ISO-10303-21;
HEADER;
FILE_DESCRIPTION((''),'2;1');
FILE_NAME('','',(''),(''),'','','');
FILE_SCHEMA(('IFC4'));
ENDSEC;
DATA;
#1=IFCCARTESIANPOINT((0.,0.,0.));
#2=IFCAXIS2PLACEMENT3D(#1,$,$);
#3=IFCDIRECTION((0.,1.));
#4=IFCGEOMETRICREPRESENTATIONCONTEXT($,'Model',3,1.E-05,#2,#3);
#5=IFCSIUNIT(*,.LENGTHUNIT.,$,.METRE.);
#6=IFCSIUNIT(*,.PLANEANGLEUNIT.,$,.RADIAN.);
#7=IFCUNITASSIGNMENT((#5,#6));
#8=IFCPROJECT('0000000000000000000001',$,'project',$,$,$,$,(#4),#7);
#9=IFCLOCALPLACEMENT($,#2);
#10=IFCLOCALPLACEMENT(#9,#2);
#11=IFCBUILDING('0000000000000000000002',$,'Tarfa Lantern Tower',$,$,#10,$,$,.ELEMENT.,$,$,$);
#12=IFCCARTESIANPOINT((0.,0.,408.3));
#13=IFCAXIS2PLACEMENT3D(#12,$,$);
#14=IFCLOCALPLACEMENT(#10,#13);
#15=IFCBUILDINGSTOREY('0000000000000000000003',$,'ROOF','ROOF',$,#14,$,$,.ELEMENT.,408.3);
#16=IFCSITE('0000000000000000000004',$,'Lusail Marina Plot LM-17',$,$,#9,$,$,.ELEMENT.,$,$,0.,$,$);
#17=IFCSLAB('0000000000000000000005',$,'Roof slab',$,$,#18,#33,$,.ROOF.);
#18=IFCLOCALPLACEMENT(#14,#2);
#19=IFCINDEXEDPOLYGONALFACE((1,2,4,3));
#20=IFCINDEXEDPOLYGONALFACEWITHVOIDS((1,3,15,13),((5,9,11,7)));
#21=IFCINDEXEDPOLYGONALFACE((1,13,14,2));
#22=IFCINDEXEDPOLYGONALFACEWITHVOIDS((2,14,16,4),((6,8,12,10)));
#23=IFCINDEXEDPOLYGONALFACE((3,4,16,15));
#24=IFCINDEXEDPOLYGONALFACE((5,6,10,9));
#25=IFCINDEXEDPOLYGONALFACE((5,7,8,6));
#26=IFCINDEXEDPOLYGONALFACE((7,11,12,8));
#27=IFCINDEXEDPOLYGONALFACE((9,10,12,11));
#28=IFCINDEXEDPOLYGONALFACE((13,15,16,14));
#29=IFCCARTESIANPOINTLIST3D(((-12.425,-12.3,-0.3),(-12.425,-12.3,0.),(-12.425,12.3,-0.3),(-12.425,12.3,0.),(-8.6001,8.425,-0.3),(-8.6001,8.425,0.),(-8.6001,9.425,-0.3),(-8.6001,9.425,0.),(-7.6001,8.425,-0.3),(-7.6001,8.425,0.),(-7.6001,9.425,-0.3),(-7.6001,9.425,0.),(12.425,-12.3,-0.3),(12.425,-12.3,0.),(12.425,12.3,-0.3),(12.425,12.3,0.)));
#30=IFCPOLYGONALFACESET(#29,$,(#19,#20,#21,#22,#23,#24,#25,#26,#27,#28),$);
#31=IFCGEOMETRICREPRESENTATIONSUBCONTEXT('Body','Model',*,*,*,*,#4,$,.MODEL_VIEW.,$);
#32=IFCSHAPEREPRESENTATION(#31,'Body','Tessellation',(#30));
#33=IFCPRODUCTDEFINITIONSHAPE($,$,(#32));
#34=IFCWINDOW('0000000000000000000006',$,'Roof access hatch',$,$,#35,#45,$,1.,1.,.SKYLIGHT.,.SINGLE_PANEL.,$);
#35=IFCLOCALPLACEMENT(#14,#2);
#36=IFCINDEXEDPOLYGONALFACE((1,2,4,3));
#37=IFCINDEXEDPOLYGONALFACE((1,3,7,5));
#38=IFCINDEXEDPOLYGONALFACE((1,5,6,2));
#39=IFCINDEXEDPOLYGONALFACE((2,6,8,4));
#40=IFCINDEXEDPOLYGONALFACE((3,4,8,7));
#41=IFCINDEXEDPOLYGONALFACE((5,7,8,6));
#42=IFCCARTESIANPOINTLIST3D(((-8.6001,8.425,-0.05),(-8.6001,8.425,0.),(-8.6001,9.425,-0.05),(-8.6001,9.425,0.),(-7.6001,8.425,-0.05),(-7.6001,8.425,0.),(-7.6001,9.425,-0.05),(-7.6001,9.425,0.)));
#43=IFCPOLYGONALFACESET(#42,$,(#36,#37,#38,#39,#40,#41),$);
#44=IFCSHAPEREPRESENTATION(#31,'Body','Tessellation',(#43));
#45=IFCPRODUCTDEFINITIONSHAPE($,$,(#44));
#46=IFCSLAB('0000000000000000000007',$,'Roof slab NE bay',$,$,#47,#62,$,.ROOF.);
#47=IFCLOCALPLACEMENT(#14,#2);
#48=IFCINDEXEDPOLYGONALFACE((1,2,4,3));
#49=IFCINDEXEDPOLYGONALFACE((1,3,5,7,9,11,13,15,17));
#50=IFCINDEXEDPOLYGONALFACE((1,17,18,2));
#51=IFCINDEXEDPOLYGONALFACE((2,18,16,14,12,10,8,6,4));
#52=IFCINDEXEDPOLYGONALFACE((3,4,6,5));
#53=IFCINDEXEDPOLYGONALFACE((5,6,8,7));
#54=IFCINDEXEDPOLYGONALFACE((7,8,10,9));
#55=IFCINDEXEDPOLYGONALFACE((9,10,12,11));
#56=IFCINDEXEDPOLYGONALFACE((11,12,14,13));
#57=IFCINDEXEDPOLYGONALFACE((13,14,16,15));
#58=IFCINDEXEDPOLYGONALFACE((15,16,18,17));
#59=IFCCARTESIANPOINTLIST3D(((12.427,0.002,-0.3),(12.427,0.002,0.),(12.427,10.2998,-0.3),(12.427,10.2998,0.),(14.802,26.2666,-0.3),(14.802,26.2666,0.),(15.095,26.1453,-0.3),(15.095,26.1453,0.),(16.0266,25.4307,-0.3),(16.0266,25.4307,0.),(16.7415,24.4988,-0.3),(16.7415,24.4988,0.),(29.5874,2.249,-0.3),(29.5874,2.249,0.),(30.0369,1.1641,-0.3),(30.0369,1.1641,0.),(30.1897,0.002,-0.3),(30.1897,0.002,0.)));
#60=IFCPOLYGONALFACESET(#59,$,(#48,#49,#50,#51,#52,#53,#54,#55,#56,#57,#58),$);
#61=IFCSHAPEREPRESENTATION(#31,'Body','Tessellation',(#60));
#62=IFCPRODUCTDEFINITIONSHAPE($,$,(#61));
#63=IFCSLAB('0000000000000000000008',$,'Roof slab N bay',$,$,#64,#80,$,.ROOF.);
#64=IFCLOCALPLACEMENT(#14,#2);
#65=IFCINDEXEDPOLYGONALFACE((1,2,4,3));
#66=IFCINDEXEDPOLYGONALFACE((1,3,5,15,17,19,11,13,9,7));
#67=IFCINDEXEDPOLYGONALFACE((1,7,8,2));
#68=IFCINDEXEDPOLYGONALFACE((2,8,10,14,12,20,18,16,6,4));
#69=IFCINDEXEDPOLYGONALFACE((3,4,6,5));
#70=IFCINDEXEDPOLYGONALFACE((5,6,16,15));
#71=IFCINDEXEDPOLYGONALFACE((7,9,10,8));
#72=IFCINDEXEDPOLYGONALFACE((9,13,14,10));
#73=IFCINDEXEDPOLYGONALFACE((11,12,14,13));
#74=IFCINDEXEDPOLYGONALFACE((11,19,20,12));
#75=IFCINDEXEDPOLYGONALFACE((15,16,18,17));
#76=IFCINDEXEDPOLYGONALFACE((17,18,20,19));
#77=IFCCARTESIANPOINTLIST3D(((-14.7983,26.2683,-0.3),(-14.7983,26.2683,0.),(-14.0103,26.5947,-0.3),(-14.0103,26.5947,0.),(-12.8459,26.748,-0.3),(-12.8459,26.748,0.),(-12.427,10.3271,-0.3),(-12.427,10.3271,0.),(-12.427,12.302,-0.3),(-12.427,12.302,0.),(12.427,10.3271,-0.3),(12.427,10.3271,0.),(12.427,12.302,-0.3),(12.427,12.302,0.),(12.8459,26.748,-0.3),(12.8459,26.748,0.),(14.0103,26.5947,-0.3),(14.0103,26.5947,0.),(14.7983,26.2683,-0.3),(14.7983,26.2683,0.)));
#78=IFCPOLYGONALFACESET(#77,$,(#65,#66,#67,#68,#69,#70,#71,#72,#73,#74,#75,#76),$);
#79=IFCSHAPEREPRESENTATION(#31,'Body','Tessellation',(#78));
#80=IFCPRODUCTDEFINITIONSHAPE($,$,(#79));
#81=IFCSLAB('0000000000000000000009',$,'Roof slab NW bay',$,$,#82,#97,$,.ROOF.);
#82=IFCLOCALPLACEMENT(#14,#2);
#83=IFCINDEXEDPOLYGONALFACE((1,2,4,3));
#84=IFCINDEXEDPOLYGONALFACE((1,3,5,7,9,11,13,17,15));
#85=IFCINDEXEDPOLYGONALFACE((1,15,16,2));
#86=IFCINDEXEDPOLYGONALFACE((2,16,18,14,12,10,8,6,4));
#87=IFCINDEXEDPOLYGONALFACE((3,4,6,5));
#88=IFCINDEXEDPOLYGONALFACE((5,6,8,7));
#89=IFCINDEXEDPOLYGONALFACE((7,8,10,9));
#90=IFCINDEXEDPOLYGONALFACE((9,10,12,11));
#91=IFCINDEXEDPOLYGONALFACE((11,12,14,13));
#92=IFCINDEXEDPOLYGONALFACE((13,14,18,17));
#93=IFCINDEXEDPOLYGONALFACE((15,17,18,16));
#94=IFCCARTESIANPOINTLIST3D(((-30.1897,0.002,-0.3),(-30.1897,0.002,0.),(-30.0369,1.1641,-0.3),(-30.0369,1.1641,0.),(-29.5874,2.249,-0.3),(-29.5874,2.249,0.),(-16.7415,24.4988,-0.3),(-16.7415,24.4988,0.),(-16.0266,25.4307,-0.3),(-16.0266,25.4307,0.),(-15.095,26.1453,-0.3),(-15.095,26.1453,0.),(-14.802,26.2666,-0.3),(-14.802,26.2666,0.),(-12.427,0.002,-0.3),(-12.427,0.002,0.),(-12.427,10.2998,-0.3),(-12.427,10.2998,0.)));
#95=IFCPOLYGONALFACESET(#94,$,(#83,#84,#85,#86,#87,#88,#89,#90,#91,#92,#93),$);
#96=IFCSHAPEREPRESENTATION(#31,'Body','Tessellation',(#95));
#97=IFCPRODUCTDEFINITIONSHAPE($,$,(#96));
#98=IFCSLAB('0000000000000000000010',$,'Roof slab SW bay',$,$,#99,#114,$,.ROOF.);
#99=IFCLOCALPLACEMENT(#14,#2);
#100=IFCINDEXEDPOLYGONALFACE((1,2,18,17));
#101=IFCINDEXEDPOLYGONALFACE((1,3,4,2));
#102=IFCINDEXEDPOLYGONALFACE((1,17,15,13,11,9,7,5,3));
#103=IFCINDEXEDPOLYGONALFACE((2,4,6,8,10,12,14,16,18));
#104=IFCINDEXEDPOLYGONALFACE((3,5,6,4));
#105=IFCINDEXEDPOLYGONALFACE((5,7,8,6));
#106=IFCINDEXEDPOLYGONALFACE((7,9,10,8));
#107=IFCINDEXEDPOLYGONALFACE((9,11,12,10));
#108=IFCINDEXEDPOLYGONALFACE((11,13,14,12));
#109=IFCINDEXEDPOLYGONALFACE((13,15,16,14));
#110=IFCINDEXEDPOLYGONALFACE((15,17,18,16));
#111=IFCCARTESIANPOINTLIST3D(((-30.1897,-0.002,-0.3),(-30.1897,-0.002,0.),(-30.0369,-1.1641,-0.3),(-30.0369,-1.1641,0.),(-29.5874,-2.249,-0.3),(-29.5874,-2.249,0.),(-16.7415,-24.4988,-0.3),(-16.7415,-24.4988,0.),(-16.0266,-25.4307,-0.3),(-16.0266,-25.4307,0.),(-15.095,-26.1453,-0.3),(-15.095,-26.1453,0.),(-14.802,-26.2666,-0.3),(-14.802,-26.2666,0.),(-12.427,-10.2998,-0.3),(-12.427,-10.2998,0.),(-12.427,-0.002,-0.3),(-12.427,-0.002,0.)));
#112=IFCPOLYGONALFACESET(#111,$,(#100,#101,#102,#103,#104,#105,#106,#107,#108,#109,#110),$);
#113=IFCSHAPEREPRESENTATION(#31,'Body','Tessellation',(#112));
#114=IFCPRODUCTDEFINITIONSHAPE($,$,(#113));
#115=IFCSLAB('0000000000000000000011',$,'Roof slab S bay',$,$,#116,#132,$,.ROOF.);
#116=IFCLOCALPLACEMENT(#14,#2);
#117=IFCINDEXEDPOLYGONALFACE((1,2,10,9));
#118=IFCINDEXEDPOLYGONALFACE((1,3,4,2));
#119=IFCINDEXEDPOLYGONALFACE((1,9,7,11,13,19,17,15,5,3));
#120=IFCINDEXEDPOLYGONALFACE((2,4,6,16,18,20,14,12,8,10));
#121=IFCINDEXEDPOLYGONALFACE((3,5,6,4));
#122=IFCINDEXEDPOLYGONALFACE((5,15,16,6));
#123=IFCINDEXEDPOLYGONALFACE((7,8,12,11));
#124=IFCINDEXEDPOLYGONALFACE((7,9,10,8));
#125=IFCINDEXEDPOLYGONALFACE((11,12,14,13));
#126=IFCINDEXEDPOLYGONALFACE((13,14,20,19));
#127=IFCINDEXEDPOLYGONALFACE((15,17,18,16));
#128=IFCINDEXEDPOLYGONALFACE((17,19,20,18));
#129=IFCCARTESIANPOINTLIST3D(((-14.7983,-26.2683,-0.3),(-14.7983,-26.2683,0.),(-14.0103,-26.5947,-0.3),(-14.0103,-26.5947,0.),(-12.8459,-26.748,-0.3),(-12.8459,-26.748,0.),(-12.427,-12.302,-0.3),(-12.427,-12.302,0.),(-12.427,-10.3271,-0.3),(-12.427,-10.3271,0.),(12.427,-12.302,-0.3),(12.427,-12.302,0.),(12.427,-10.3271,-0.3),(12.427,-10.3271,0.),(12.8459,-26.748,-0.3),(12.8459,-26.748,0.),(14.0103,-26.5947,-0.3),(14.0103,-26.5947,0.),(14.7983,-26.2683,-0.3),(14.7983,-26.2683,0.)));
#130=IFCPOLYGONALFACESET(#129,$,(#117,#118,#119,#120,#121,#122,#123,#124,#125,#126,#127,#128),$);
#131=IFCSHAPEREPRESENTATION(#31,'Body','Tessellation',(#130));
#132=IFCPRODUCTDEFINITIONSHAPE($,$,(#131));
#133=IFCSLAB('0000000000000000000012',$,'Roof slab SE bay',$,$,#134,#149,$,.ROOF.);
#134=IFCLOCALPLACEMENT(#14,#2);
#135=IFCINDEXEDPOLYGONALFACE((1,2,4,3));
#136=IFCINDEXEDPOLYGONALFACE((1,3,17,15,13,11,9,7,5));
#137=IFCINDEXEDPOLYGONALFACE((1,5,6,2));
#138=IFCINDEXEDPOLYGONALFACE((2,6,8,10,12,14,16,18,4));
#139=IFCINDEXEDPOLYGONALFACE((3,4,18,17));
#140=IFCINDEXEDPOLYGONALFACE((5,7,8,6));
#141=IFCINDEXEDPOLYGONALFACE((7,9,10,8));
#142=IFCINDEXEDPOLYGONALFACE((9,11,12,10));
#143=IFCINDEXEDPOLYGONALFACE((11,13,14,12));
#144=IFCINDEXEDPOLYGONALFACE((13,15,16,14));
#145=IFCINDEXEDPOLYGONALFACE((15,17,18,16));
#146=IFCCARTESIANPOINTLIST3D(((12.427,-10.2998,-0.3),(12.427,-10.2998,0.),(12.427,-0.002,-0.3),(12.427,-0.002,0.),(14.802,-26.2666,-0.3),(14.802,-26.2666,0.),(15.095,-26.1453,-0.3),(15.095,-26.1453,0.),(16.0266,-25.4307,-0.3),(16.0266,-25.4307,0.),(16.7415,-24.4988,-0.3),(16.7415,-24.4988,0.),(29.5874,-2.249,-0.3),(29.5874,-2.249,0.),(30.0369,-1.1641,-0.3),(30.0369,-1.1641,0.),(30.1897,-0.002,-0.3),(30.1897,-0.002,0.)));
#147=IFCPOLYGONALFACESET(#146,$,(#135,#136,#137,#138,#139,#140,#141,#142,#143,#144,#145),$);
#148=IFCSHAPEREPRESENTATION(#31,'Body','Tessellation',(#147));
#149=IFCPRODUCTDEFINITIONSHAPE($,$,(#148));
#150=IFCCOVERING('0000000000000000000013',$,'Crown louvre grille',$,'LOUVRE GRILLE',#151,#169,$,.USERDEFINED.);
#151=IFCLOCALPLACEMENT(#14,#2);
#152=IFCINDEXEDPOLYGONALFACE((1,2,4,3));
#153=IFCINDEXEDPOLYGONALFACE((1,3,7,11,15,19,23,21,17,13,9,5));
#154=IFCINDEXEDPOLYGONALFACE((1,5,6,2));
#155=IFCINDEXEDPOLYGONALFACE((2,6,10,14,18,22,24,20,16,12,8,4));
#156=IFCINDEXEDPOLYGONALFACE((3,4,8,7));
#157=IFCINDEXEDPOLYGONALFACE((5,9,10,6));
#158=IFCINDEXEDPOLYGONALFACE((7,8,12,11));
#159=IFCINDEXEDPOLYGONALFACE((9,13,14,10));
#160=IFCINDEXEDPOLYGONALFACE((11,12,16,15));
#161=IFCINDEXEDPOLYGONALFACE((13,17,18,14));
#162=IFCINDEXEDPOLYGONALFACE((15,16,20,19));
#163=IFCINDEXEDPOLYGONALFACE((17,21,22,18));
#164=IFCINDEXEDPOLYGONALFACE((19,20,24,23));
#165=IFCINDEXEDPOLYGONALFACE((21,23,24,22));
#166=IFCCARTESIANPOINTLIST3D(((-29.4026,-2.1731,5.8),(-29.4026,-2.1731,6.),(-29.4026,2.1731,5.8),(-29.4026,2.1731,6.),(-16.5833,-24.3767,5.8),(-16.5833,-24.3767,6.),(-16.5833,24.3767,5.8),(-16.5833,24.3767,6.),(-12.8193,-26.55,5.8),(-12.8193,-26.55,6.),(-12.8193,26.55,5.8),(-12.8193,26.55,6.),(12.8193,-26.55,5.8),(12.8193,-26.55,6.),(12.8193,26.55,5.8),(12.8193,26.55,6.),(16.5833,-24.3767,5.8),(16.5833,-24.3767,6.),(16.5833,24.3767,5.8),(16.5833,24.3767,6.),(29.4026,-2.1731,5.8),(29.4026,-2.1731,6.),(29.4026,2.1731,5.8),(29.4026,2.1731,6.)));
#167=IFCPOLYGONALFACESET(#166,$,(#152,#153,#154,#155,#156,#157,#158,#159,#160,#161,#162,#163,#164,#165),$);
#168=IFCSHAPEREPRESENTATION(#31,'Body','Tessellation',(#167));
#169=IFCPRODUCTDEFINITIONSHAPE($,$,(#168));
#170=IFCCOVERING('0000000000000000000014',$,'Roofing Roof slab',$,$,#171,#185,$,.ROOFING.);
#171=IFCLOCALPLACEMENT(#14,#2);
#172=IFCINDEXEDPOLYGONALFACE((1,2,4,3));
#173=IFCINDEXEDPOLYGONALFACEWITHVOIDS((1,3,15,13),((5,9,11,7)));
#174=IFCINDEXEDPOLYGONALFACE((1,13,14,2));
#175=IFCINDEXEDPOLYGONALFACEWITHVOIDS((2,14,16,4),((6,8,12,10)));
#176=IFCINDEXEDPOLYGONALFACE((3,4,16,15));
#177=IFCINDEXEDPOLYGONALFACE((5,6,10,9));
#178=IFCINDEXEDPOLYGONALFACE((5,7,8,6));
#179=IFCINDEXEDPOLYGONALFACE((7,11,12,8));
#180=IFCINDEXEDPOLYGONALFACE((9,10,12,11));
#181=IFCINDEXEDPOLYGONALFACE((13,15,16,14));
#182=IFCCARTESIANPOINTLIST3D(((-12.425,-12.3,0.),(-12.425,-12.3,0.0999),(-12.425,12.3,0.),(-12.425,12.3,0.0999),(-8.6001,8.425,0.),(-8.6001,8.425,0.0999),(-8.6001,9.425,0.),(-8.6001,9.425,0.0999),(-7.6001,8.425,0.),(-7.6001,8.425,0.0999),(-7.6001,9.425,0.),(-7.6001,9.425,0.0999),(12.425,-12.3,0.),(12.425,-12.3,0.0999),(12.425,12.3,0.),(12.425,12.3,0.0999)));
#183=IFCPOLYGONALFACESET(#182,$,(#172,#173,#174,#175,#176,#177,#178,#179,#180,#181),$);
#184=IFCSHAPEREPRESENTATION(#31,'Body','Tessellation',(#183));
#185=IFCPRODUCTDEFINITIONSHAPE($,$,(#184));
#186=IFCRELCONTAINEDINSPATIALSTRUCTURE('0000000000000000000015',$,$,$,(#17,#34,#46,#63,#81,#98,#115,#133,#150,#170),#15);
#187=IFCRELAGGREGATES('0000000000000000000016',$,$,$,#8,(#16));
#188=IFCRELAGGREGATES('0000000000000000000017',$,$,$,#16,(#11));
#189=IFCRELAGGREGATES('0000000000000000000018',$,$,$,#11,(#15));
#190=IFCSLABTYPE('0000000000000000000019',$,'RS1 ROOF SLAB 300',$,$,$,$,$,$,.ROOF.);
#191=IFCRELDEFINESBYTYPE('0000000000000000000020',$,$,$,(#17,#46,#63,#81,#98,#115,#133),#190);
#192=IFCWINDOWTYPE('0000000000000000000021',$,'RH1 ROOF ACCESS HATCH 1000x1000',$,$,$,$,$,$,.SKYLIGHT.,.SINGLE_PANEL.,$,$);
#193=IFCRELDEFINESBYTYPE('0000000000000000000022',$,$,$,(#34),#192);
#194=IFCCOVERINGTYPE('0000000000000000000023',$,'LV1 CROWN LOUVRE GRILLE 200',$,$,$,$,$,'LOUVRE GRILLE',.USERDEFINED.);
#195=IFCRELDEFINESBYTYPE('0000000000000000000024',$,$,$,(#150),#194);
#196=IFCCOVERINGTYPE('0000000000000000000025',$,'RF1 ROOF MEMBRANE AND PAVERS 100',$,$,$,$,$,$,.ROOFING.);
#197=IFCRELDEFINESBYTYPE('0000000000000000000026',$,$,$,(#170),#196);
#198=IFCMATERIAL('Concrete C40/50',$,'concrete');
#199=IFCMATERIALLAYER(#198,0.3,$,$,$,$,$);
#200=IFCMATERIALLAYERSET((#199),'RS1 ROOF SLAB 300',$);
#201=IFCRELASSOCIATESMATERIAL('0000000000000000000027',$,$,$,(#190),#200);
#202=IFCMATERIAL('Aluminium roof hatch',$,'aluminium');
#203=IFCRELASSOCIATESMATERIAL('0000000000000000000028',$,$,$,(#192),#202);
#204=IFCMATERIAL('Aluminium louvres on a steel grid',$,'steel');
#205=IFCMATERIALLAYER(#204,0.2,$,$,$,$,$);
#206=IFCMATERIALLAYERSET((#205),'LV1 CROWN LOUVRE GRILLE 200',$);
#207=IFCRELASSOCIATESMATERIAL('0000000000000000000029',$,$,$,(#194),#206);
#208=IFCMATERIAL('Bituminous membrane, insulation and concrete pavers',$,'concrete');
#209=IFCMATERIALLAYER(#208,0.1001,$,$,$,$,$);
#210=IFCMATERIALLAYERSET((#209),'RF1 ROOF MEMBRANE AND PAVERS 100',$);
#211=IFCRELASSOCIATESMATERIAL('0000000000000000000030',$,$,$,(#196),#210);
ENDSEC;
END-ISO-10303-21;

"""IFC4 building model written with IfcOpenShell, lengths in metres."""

from ifc_helpers import new_model, si_unit, direction, frame, origin, origin_2d, place, context, subcontext, project, spatial, polyline, rectangle, outline, extrude, material, layer, layer_set, type_object, element, fill, save


model = new_model("IFC4")

# Units and contexts
model_context = context("Model", 3, precision=1e-05, world=origin(), true_north=direction((0.0, 1.0)))
body_context = subcontext(model_context, "Body", "Model", "MODEL_VIEW")
ifc_project = project(units=[si_unit("LENGTHUNIT", "METRE"), si_unit("PLANEANGLEUNIT", "RADIAN")], contexts=[model_context])

# Site, building, storey
site_placement = place(None, origin())
site = spatial("IfcSite", under=ifc_project, at=site_placement, Name="Lusail Marina Plot LM-17", CompositionType="ELEMENT", RefElevation=0.0)
building_placement = place(site_placement, origin())
building = spatial("IfcBuilding", under=site, at=building_placement, Name="Tarfa Lantern Tower", CompositionType="ELEMENT")
storey_placement = place(building_placement, frame((0.0, 0.0, 408.3)))
storey = spatial("IfcBuildingStorey", under=building, at=storey_placement, Name="ROOF", Description="ROOF", CompositionType="ELEMENT", Elevation=408.3)

# Slab, opening, window
ifc_material_1 = material(Name="Concrete C40/50", Category="concrete")
ifc_layer_1 = layer(ifc_material_1, 0.3)
ifc_layer_set_1 = layer_set([ifc_layer_1], Name="RS1 ROOF SLAB 300")
slab_type = type_object("IfcSlabType", Name="RS1 ROOF SLAB 300", PredefinedType="ROOF", material=ifc_layer_set_1)
slab_1_placement = place(storey_placement, frame((0.0, 0.0, -0.3)))
slab_1 = element("IfcSlab", 1, at=slab_1_placement, inside=storey, type_object=slab_type, Name="Roof slab", PredefinedType="ROOF", context=body_context, shape_type="SweptSolid", body=[
    extrude(outline(polyline([(-12.425, -12.3), (12.425, -12.3), (12.425, 12.3), (-12.425, 12.3), (-12.425, -12.3)])), origin(), (0.0, 0.0, 1.0), 0.3),
])
opening_placement = place(slab_1_placement, frame((-8.1001, 8.925, 0.0)))
opening = element("IfcOpeningElement", 2, at=opening_placement, cuts=slab_1, PredefinedType="OPENING", context=body_context, shape_type="SweptSolid", body=[
    extrude(rectangle(XDim=1.0, YDim=1.0, at=origin_2d()), origin(), (0.0, 0.0, 1.0), 0.3),
])
ifc_material_2 = material(Name="Aluminium roof hatch", Category="aluminium")
window_type = type_object("IfcWindowType", Name="RH1 ROOF ACCESS HATCH 1000x1000", PartitioningType="SINGLE_PANEL", PredefinedType="SKYLIGHT", material=ifc_material_2)
window_placement = place(opening_placement, frame((0.0, 0.0, 0.25)))
window = element("IfcWindow", 3, at=window_placement, inside=storey, type_object=window_type, Name="Roof access hatch", OverallHeight=1.0, OverallWidth=1.0, PartitioningType="SINGLE_PANEL", PredefinedType="SKYLIGHT", context=body_context, shape_type="SweptSolid", body=[
    extrude(rectangle(XDim=1.0, YDim=1.0, at=origin_2d()), origin(), (0.0, 0.0, 1.0), 0.05),
])
fill(opening, window)

# Slabs
slab_2_placement = place(storey_placement, frame((0.0, 0.0, -0.3)))
element("IfcSlab", 4, at=slab_2_placement, inside=storey, type_object=slab_type, Name="Roof slab NE bay", PredefinedType="ROOF", context=body_context, shape_type="SweptSolid", body=[
    extrude(outline(polyline([(29.5874, 2.249), (16.7415, 24.4988), (16.0266, 25.4307), (15.095, 26.1453), (14.802, 26.2666), (12.427, 10.2998), (12.427, 0.002), (30.1897, 0.002), (30.0369, 1.1641), (29.5874, 2.249)])), origin(), (0.0, 0.0, 1.0), 0.3),
])
slab_3_placement = place(storey_placement, frame((0.0, 0.0, -0.3)))
element("IfcSlab", 5, at=slab_3_placement, inside=storey, type_object=slab_type, Name="Roof slab N bay", PredefinedType="ROOF", context=body_context, shape_type="SweptSolid", body=[
    extrude(outline(polyline([(-12.427, 10.3271), (-12.427, 12.302), (12.427, 12.302), (12.427, 10.3271), (14.7983, 26.2683), (14.0103, 26.5947), (12.8459, 26.748), (-12.8459, 26.748), (-14.0103, 26.5947), (-14.7983, 26.2683), (-12.427, 10.3271)])), origin(), (0.0, 0.0, 1.0), 0.3),
])
slab_4_placement = place(storey_placement, frame((0.0, 0.0, -0.3)))
element("IfcSlab", 6, at=slab_4_placement, inside=storey, type_object=slab_type, Name="Roof slab NW bay", PredefinedType="ROOF", context=body_context, shape_type="SweptSolid", body=[
    extrude(outline(polyline([(-12.427, 0.002), (-12.427, 10.2998), (-14.802, 26.2666), (-15.095, 26.1453), (-16.0266, 25.4307), (-16.7415, 24.4988), (-29.5874, 2.249), (-30.0369, 1.1641), (-30.1897, 0.002), (-12.427, 0.002)])), origin(), (0.0, 0.0, 1.0), 0.3),
])
slab_5_placement = place(storey_placement, frame((0.0, 0.0, -0.3)))
element("IfcSlab", 7, at=slab_5_placement, inside=storey, type_object=slab_type, Name="Roof slab SW bay", PredefinedType="ROOF", context=body_context, shape_type="SweptSolid", body=[
    extrude(outline(polyline([(-12.427, -10.2998), (-12.427, -0.002), (-30.1897, -0.002), (-30.0369, -1.1641), (-29.5874, -2.249), (-16.7415, -24.4988), (-16.0266, -25.4307), (-15.095, -26.1453), (-14.802, -26.2666), (-12.427, -10.2998)])), origin(), (0.0, 0.0, 1.0), 0.3),
])
slab_6_placement = place(storey_placement, frame((0.0, 0.0, -0.3)))
element("IfcSlab", 8, at=slab_6_placement, inside=storey, type_object=slab_type, Name="Roof slab S bay", PredefinedType="ROOF", context=body_context, shape_type="SweptSolid", body=[
    extrude(outline(polyline([(12.427, -10.3271), (12.427, -12.302), (-12.427, -12.302), (-12.427, -10.3271), (-14.7983, -26.2683), (-14.0103, -26.5947), (-12.8459, -26.748), (12.8459, -26.748), (14.0103, -26.5947), (14.7983, -26.2683), (12.427, -10.3271)])), origin(), (0.0, 0.0, 1.0), 0.3),
])
slab_7_placement = place(storey_placement, frame((0.0, 0.0, -0.3)))
element("IfcSlab", 9, at=slab_7_placement, inside=storey, type_object=slab_type, Name="Roof slab SE bay", PredefinedType="ROOF", context=body_context, shape_type="SweptSolid", body=[
    extrude(outline(polyline([(12.427, -0.002), (12.427, -10.2998), (14.802, -26.2666), (15.095, -26.1453), (16.0266, -25.4307), (16.7415, -24.4988), (29.5874, -2.249), (30.0369, -1.1641), (30.1897, -0.002), (12.427, -0.002)])), origin(), (0.0, 0.0, 1.0), 0.3),
])

# Coverings
ifc_material_3 = material(Name="Aluminium louvres on a steel grid", Category="steel")
ifc_layer_2 = layer(ifc_material_3, 0.2)
ifc_layer_set_2 = layer_set([ifc_layer_2], Name="LV1 CROWN LOUVRE GRILLE 200")
covering_type_1 = type_object("IfcCoveringType", Name="LV1 CROWN LOUVRE GRILLE 200", ElementType="LOUVRE GRILLE", PredefinedType="USERDEFINED", material=ifc_layer_set_2)
covering_1_placement = place(storey_placement, frame((0.0, 0.0, 5.8)))
element("IfcCovering", 10, at=covering_1_placement, inside=storey, type_object=covering_type_1, Name="Crown louvre grille", ObjectType="LOUVRE GRILLE", PredefinedType="USERDEFINED", context=body_context, shape_type="SweptSolid", body=[
    extrude(outline(polyline([(29.4026, 2.1731), (29.4026, -2.1731), (16.5833, -24.3767), (12.8193, -26.55), (-12.8193, -26.55), (-16.5833, -24.3767), (-29.4026, -2.1731), (-29.4026, 2.1731), (-16.5833, 24.3767), (-12.8193, 26.55), (12.8193, 26.55), (16.5833, 24.3767), (29.4026, 2.1731)])), origin(), (0.0, 0.0, 1.0), 0.2),
])
ifc_material_4 = material(Name="Bituminous membrane, insulation and concrete pavers", Category="concrete")
ifc_layer_3 = layer(ifc_material_4, 0.1001)
ifc_layer_set_3 = layer_set([ifc_layer_3], Name="RF1 ROOF MEMBRANE AND PAVERS 100")
covering_type_2 = type_object("IfcCoveringType", Name="RF1 ROOF MEMBRANE AND PAVERS 100", PredefinedType="ROOFING", material=ifc_layer_set_3)
covering_2_placement = place(storey_placement, origin())
element("IfcCovering", 11, at=covering_2_placement, inside=storey, type_object=covering_type_2, Name="Roofing Roof slab", PredefinedType="ROOFING", context=body_context, shape_type="SweptSolid", body=[
    extrude(outline(polyline([(-12.425, -12.3), (12.425, -12.3), (12.425, 12.3), (-12.425, 12.3), (-12.425, -12.3)]), holes=[polyline([(-8.6001, 8.425), (-7.6001, 8.425), (-7.6001, 9.425), (-8.6001, 9.425), (-8.6001, 8.425)])]), origin(), (0.0, 0.0, 1.0), 0.0999),
])

save(model, "model.ifc")
